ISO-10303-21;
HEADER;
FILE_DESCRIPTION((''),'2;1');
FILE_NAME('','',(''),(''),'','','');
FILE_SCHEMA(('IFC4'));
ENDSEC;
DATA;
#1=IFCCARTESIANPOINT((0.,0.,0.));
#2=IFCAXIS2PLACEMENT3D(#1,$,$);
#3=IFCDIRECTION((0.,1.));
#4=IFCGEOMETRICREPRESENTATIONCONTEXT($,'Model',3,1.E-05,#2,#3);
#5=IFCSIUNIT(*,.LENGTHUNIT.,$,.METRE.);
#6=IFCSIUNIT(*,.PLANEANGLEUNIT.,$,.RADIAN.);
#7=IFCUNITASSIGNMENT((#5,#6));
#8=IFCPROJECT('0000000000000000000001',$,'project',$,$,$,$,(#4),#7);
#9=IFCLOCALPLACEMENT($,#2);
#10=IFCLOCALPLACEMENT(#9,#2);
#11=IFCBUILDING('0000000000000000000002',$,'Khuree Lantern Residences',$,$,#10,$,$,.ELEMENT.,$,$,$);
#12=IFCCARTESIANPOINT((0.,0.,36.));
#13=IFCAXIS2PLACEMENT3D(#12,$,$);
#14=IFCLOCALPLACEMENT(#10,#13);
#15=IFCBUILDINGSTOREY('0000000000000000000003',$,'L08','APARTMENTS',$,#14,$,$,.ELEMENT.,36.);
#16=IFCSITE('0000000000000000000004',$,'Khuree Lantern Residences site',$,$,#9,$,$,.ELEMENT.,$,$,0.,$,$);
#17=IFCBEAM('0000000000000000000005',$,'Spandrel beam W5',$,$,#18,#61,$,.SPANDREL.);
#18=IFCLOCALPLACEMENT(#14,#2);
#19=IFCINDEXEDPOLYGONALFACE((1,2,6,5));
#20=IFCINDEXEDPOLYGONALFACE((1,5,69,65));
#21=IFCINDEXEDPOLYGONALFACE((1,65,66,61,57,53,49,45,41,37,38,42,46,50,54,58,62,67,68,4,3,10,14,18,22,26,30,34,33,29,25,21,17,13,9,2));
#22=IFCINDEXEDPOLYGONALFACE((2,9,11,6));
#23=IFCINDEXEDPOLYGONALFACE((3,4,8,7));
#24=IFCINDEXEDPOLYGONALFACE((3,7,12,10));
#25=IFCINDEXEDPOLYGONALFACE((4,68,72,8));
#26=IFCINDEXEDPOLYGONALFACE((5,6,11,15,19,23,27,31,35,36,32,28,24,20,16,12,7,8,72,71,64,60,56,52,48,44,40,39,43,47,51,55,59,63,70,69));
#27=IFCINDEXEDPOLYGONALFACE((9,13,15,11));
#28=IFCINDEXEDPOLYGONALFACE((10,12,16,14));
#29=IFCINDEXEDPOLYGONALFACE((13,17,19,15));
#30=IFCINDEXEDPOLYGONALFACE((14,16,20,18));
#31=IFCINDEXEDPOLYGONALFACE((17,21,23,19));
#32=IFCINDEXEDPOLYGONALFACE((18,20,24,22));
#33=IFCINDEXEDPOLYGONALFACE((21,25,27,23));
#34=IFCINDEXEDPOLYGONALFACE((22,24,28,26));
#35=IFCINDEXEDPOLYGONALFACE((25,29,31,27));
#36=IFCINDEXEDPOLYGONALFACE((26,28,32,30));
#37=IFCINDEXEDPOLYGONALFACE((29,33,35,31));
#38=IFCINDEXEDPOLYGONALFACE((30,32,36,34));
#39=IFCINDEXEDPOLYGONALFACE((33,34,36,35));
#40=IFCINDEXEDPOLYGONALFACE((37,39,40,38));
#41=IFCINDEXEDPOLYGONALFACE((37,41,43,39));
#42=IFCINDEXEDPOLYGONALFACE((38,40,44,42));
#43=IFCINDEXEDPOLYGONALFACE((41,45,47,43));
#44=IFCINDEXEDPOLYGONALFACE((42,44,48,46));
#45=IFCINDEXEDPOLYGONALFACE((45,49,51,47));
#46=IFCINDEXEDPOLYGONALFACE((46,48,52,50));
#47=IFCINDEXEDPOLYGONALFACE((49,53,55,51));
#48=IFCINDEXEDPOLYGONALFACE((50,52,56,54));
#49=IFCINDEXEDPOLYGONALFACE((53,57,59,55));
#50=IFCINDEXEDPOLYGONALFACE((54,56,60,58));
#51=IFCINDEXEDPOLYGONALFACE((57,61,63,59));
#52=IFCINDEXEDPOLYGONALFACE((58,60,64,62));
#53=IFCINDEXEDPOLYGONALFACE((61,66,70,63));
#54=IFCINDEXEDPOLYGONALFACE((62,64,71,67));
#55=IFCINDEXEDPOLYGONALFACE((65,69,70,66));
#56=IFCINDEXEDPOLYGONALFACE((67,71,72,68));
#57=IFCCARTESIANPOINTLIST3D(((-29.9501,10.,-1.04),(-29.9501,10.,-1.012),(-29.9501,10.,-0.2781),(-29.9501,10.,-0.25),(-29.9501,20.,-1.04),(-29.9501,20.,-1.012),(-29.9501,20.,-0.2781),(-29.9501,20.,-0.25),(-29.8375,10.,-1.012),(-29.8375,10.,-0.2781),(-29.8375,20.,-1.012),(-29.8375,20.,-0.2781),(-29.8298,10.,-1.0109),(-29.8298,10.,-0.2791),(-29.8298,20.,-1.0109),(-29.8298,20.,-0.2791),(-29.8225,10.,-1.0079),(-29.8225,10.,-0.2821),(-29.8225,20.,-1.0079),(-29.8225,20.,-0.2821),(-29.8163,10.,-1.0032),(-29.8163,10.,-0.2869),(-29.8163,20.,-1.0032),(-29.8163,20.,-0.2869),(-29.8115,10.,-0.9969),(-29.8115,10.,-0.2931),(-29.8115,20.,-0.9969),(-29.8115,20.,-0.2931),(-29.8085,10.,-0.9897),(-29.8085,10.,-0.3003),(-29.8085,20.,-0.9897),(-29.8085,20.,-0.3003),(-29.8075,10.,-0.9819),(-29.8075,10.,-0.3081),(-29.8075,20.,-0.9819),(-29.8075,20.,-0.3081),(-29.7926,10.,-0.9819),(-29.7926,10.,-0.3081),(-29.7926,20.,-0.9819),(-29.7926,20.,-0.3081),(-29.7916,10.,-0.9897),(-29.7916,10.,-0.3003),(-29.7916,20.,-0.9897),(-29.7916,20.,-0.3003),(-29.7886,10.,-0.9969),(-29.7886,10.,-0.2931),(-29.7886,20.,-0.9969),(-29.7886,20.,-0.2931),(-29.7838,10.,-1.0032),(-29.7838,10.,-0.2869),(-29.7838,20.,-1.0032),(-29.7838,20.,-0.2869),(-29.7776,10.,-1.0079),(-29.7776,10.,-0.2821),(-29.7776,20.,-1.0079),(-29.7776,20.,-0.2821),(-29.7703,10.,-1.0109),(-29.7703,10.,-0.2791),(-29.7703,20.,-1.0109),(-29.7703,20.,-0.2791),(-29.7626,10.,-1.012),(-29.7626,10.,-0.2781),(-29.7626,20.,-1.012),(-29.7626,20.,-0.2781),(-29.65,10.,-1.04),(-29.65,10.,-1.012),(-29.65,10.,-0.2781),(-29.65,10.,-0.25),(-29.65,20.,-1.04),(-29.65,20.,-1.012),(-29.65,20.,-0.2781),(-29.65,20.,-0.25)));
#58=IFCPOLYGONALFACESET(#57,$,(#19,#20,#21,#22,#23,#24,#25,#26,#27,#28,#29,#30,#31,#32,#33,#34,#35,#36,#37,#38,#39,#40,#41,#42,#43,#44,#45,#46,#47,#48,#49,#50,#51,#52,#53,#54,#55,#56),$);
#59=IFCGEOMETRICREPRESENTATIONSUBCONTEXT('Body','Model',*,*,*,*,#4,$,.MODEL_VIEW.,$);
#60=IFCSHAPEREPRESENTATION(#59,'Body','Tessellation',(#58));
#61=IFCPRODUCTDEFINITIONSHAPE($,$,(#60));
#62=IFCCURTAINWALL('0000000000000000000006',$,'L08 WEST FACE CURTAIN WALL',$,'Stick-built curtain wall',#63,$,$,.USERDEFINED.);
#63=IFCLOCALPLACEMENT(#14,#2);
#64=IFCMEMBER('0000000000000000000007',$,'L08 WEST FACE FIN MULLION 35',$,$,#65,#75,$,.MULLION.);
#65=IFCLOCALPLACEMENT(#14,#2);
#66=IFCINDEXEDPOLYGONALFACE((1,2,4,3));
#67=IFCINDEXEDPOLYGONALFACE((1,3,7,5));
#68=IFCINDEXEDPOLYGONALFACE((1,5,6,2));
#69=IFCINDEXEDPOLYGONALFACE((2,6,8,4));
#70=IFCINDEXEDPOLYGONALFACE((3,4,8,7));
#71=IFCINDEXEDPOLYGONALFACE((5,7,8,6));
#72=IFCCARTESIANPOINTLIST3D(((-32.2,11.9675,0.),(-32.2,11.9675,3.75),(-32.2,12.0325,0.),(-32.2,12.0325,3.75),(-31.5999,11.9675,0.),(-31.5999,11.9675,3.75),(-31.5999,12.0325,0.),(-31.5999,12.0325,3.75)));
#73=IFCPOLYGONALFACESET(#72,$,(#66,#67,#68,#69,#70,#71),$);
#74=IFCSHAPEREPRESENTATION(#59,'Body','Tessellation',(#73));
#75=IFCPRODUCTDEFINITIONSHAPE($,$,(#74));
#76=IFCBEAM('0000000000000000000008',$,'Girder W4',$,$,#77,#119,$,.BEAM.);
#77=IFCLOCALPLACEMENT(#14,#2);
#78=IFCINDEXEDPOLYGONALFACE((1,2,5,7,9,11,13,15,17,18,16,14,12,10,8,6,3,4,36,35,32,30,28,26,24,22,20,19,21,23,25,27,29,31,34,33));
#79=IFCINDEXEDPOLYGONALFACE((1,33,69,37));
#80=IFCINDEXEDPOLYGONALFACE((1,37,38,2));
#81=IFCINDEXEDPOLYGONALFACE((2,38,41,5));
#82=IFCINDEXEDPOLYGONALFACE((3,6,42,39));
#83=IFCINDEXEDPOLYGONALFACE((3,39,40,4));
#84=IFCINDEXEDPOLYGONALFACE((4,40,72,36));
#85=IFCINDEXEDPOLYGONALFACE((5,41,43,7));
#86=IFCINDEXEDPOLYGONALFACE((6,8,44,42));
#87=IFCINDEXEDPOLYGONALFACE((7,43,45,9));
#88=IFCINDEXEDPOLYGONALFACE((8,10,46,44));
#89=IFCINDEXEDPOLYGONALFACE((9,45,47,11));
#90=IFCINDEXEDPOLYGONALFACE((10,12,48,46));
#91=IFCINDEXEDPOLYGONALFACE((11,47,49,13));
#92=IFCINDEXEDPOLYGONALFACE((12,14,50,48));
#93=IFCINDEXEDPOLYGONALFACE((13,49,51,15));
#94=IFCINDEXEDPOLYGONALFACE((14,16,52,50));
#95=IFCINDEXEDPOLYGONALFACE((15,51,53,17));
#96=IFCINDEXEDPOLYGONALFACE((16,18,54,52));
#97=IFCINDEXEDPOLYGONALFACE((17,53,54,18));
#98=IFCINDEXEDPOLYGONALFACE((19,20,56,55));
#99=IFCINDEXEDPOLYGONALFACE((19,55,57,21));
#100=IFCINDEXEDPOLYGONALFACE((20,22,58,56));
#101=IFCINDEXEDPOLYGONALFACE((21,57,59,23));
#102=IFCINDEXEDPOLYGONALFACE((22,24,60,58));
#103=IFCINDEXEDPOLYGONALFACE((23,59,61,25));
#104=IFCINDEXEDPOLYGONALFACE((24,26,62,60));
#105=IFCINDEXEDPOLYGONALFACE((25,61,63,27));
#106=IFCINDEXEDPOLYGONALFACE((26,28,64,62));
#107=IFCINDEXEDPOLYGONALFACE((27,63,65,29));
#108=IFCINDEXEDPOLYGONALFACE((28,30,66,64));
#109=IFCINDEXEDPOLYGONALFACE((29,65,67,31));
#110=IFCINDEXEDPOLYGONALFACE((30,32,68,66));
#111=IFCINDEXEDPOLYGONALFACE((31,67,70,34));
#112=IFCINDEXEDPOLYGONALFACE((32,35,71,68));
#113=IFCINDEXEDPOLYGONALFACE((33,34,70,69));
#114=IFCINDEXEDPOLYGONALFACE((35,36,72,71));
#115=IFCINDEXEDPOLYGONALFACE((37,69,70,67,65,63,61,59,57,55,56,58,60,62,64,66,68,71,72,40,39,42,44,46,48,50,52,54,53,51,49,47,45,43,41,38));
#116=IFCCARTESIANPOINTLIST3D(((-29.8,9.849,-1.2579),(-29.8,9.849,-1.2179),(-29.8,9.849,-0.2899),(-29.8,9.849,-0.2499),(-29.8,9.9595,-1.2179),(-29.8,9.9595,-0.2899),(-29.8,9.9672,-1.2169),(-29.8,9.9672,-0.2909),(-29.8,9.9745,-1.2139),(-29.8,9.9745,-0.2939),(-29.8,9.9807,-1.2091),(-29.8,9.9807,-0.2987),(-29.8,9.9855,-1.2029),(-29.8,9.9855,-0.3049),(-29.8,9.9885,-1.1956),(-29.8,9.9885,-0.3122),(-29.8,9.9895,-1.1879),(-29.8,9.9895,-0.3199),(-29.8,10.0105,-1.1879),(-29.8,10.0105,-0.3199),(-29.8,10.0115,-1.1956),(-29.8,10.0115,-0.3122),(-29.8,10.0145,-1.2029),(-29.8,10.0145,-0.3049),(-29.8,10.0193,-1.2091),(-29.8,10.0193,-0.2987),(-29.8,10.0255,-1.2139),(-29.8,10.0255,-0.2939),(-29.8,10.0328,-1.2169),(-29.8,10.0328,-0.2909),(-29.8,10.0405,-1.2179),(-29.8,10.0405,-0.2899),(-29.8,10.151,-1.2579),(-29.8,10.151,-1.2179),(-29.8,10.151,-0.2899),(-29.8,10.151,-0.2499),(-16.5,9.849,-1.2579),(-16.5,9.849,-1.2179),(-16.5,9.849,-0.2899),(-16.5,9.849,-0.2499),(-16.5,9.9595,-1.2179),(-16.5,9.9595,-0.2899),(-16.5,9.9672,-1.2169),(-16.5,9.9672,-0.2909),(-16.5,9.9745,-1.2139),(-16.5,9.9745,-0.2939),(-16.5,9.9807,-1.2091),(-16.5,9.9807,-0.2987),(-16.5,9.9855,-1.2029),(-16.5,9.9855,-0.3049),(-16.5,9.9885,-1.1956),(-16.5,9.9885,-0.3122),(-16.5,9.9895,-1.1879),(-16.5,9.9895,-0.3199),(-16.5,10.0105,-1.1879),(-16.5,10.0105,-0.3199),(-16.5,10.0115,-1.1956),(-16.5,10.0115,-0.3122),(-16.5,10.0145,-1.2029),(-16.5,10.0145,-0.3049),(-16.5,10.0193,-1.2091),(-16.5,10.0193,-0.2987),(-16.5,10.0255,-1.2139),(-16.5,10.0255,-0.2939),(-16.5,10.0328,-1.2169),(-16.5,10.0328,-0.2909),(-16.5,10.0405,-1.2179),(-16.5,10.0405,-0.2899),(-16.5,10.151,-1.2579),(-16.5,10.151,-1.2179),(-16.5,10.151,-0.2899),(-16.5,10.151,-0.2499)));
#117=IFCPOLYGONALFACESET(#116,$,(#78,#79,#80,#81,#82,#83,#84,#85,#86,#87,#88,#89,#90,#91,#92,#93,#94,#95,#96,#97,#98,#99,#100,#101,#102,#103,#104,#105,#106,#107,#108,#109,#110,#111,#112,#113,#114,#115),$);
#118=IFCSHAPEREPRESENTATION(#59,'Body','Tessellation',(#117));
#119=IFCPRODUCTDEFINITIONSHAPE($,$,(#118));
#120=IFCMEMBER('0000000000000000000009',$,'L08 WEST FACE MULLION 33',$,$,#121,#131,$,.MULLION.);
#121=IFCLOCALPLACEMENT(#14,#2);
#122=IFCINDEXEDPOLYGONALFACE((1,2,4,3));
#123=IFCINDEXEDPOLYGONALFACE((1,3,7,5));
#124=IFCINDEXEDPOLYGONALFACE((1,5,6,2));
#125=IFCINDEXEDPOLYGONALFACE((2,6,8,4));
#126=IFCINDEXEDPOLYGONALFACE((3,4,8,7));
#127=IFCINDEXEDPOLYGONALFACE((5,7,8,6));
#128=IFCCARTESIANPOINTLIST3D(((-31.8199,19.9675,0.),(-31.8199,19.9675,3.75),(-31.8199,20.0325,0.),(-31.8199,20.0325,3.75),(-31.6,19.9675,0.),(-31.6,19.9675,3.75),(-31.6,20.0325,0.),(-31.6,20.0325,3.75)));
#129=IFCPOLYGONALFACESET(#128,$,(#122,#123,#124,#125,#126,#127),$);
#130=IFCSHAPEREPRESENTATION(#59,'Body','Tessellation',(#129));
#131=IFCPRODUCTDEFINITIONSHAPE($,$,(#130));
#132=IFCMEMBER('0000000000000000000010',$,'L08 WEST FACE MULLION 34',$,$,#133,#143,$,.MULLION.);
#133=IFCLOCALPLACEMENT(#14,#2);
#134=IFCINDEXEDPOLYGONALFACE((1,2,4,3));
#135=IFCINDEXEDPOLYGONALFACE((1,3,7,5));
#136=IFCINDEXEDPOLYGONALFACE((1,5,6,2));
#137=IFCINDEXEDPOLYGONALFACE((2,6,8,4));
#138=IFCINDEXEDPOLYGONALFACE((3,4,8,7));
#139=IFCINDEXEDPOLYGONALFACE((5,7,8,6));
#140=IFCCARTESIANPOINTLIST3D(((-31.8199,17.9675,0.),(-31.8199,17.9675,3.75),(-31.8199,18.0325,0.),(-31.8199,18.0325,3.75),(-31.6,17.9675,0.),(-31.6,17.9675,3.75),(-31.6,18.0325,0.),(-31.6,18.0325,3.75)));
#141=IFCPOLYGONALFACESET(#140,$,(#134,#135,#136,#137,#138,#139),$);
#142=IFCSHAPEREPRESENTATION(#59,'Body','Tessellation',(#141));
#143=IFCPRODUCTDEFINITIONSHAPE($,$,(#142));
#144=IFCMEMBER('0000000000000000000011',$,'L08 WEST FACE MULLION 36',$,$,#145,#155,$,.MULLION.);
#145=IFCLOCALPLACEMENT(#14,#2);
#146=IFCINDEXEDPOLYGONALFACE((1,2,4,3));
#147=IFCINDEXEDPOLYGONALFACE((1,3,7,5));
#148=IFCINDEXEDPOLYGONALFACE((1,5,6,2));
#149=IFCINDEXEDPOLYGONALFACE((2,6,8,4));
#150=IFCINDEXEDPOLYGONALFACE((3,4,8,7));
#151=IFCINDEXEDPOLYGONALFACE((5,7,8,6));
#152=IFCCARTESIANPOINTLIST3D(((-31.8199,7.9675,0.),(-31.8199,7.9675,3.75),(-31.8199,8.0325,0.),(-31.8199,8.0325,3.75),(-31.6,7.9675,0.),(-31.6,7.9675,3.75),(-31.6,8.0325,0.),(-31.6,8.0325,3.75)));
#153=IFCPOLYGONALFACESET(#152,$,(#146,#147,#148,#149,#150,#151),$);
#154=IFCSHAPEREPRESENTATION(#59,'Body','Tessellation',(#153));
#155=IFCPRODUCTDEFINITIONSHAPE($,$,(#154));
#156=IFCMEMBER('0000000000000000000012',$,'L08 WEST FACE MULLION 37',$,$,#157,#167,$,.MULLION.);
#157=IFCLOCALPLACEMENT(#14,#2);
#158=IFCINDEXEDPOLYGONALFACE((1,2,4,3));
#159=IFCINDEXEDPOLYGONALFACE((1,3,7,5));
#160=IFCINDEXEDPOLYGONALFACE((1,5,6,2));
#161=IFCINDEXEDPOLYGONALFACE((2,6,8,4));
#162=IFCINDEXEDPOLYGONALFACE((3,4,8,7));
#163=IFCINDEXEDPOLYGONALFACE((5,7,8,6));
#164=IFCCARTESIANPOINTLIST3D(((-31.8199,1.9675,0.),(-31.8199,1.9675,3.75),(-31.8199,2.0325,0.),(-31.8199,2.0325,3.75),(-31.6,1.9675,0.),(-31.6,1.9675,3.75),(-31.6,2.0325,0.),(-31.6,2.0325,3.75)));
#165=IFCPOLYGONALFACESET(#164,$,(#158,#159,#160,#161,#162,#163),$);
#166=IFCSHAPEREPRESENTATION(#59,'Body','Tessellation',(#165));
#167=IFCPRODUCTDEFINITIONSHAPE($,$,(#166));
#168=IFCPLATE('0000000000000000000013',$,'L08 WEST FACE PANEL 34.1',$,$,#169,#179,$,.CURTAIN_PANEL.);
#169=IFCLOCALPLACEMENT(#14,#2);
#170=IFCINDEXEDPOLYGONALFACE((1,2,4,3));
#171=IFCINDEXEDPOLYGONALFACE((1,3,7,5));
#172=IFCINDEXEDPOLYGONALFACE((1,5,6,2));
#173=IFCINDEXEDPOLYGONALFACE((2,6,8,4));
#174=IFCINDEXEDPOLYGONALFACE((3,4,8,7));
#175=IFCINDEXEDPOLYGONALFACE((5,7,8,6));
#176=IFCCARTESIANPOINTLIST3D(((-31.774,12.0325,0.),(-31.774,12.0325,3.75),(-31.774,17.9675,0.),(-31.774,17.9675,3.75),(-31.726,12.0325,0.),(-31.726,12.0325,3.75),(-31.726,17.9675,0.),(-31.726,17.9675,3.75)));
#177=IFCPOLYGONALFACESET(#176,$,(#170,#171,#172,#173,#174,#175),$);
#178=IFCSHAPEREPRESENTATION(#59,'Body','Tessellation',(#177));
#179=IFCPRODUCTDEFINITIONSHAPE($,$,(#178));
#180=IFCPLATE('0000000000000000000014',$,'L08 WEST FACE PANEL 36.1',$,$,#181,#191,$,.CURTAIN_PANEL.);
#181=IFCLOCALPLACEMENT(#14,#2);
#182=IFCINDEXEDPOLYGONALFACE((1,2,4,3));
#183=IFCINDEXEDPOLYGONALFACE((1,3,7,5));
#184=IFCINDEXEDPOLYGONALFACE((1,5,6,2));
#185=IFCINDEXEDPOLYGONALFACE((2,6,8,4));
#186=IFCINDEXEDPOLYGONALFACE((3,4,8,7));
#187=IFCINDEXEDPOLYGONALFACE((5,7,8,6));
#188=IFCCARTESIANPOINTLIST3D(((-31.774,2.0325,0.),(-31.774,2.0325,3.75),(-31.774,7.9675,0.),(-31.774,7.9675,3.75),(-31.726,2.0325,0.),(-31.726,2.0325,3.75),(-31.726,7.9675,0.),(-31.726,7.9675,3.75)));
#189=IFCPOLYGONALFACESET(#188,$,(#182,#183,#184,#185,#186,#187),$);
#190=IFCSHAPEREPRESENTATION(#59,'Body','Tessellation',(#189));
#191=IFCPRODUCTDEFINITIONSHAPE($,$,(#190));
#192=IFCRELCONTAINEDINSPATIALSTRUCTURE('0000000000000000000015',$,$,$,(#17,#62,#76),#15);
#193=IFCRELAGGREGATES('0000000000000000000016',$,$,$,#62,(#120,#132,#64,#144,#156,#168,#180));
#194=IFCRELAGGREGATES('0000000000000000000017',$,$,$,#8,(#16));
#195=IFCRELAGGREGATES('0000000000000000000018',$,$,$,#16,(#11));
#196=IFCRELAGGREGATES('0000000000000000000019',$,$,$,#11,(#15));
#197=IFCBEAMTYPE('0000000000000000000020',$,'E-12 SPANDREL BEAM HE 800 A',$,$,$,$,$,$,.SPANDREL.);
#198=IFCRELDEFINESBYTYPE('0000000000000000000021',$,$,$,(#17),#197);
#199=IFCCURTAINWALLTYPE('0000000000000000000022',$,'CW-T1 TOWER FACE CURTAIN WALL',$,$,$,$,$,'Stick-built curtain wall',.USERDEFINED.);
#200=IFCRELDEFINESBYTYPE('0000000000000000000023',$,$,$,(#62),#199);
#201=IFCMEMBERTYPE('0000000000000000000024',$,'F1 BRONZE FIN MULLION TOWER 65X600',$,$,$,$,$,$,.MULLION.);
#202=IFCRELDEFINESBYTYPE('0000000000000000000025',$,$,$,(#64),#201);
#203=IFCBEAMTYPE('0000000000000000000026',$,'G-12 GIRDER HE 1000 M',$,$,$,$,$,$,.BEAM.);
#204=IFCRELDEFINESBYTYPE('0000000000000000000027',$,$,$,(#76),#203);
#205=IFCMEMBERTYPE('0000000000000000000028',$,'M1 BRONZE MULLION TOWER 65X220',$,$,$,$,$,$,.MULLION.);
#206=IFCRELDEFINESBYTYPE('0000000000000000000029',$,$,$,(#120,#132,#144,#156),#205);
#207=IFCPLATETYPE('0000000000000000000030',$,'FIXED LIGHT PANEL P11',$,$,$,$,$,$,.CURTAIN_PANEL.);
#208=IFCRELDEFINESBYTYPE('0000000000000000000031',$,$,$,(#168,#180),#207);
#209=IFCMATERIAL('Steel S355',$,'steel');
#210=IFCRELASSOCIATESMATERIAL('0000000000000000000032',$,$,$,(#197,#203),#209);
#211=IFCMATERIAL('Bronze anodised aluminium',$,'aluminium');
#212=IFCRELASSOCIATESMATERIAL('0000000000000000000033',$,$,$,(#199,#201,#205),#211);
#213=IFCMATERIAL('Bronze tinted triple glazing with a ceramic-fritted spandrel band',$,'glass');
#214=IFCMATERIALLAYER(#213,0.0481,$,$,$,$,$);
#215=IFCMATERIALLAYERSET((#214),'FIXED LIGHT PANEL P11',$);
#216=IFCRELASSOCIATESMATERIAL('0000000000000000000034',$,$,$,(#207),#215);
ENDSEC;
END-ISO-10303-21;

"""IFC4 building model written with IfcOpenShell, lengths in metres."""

from ifc_helpers import new_model, si_unit, direction, frame, origin, origin_2d, place, context, subcontext, project, spatial, rectangle, i_section, extrude, material, layer, layer_set, material_profile, profile_set, type_object, element, aggregate, save


model = new_model("IFC4")

# Units and contexts
model_context = context("Model", 3, precision=1e-05, world=origin(), true_north=direction((0.0, 1.0)))
body_context = subcontext(model_context, "Body", "Model", "MODEL_VIEW")
ifc_project = project(units=[si_unit("LENGTHUNIT", "METRE"), si_unit("PLANEANGLEUNIT", "RADIAN")], contexts=[model_context])

# Site, building, storey
site_placement = place(None, origin())
site = spatial("IfcSite", under=ifc_project, at=site_placement, Name="Khuree Lantern Residences site", CompositionType="ELEMENT", RefElevation=0.0)
building_placement = place(site_placement, origin())
building = spatial("IfcBuilding", under=site, at=building_placement, Name="Khuree Lantern Residences", CompositionType="ELEMENT")
storey_placement = place(building_placement, frame((0.0, 0.0, 36.0)))
storey = spatial("IfcBuildingStorey", under=building, at=storey_placement, Name="L08", Description="APARTMENTS", CompositionType="ELEMENT", Elevation=36.0)

# Beam
ifc_material_1 = material(Name="Steel S355", Category="steel")
ifc_material_profile_1 = material_profile(ifc_material_1, i_section(OverallWidth=0.3, OverallDepth=0.79, WebThickness=0.0149, FlangeThickness=0.0281, FilletRadius=0.03, at=origin_2d()), Name="HE 800 A")
ifc_profile_set_1 = profile_set([ifc_material_profile_1], Name="Steel S355")
beam_type_1 = type_object("IfcBeamType", Name="E-12 SPANDREL BEAM HE 800 A", PredefinedType="SPANDREL", material=ifc_profile_set_1)
for number, where, z_axis, x_axis, name in (
    (1, (-29.8, 10.0, -0.645), (0.0, 1.0, 0.0), (-1.0, 0.0, 0.0), "Spandrel beam W5"),
):
    element("IfcBeam", number, at=place(storey_placement, frame(where, z_axis=z_axis, x_axis=x_axis)), inside=storey, type_object=beam_type_1, Name=name, PredefinedType="SPANDREL", context=body_context, shape_type="SweptSolid", body=[
        extrude(i_section(OverallWidth=0.3, OverallDepth=0.79, WebThickness=0.0149, FlangeThickness=0.0281, FilletRadius=0.03, at=origin_2d()), origin(), (0.0, 0.0, 1.0), 10.0),
    ])

# Curtain wall, member
ifc_material_2 = material(Name="Bronze anodised aluminium", Category="aluminium")
curtain_wall_type = type_object("IfcCurtainWallType", Name="CW-T1 TOWER FACE CURTAIN WALL", ElementType="Stick-built curtain wall", PredefinedType="USERDEFINED", material=ifc_material_2)
curtain_wall_placement = place(storey_placement, origin())
curtain_wall = element("IfcCurtainWall", 2, at=curtain_wall_placement, inside=storey, type_object=curtain_wall_type, Name="L08 WEST FACE CURTAIN WALL", ObjectType="Stick-built curtain wall", PredefinedType="USERDEFINED")
ifc_material_profile_2 = material_profile(ifc_material_2, rectangle(XDim=0.0649, YDim=0.6001, at=origin_2d()), Name="F1 65X600")
ifc_profile_set_2 = profile_set([ifc_material_profile_2], Name="Bronze anodised aluminium")
member_type_1 = type_object("IfcMemberType", Name="F1 BRONZE FIN MULLION TOWER 65X600", PredefinedType="MULLION", material=ifc_profile_set_2)
member_1_placement = place(storey_placement, frame((-31.8999, 12.0, 0.0), z_axis=(0.0, 0.0, 1.0), x_axis=(0.0, -1.0, 0.0)))
member_1 = element("IfcMember", 3, at=member_1_placement, type_object=member_type_1, Name="L08 WEST FACE FIN MULLION 35", PredefinedType="MULLION", context=body_context, shape_type="SweptSolid", body=[
    extrude(rectangle(XDim=0.0649, YDim=0.6001, at=origin_2d()), origin(), (0.0, 0.0, 1.0), 3.75),
])

# Beam
ifc_material_profile_3 = material_profile(ifc_material_1, i_section(OverallWidth=0.302, OverallDepth=1.0081, WebThickness=0.021, FlangeThickness=0.04, FilletRadius=0.03, at=origin_2d()), Name="HE 1000 M")
ifc_profile_set_3 = profile_set([ifc_material_profile_3], Name="Steel S355")
beam_type_2 = type_object("IfcBeamType", Name="G-12 GIRDER HE 1000 M", PredefinedType="BEAM", material=ifc_profile_set_3)
beam_placement = place(storey_placement, frame((-29.8, 10.0, -0.7539), z_axis=(1.0, 0.0, 0.0), x_axis=(0.0, 1.0, 0.0)))
element("IfcBeam", 4, at=beam_placement, inside=storey, type_object=beam_type_2, Name="Girder W4", PredefinedType="BEAM", context=body_context, shape_type="SweptSolid", body=[
    extrude(i_section(OverallWidth=0.302, OverallDepth=1.0081, WebThickness=0.021, FlangeThickness=0.04, FilletRadius=0.03, at=origin_2d()), origin(), (0.0, 0.0, 1.0), 13.3),
])

# Members
ifc_material_profile_4 = material_profile(ifc_material_2, rectangle(XDim=0.0649, YDim=0.22, at=origin_2d()), Name="M1 65X220")
ifc_profile_set_4 = profile_set([ifc_material_profile_4], Name="Bronze anodised aluminium")
member_type_2 = type_object("IfcMemberType", Name="M1 BRONZE MULLION TOWER 65X220", PredefinedType="MULLION", material=ifc_profile_set_4)
member_2_placement = place(storey_placement, frame((-31.71, 20.0, 0.0), z_axis=(0.0, 0.0, 1.0), x_axis=(0.0, -1.0, 0.0)))
member_2 = element("IfcMember", 5, at=member_2_placement, type_object=member_type_2, Name="L08 WEST FACE MULLION 33", PredefinedType="MULLION", context=body_context, shape_type="SweptSolid", body=[
    extrude(rectangle(XDim=0.0649, YDim=0.22, at=origin_2d()), origin(), (0.0, 0.0, 1.0), 3.75),
])
member_3_placement = place(storey_placement, frame((-31.71, 18.0, 0.0), z_axis=(0.0, 0.0, 1.0), x_axis=(0.0, -1.0, 0.0)))
member_3 = element("IfcMember", 6, at=member_3_placement, type_object=member_type_2, Name="L08 WEST FACE MULLION 34", PredefinedType="MULLION", context=body_context, shape_type="SweptSolid", body=[
    extrude(rectangle(XDim=0.0649, YDim=0.22, at=origin_2d()), origin(), (0.0, 0.0, 1.0), 3.75),
])
member_4_placement = place(storey_placement, frame((-31.71, 8.0, 0.0), z_axis=(0.0, 0.0, 1.0), x_axis=(0.0, -1.0, 0.0)))
member_4 = element("IfcMember", 7, at=member_4_placement, type_object=member_type_2, Name="L08 WEST FACE MULLION 36", PredefinedType="MULLION", context=body_context, shape_type="SweptSolid", body=[
    extrude(rectangle(XDim=0.0649, YDim=0.22, at=origin_2d()), origin(), (0.0, 0.0, 1.0), 3.75),
])
member_5_placement = place(storey_placement, frame((-31.71, 2.0, 0.0), z_axis=(0.0, 0.0, 1.0), x_axis=(0.0, -1.0, 0.0)))
member_5 = element("IfcMember", 8, at=member_5_placement, type_object=member_type_2, Name="L08 WEST FACE MULLION 37", PredefinedType="MULLION", context=body_context, shape_type="SweptSolid", body=[
    extrude(rectangle(XDim=0.0649, YDim=0.22, at=origin_2d()), origin(), (0.0, 0.0, 1.0), 3.75),
])

# Plates
ifc_material_3 = material(Name="Bronze tinted triple glazing with a ceramic-fritted spandrel band", Category="glass")
ifc_layer_1 = layer(ifc_material_3, 0.0481)
ifc_layer_set_1 = layer_set([ifc_layer_1], Name="FIXED LIGHT PANEL P11")
plate_type_1 = type_object("IfcPlateType", Name="FIXED LIGHT PANEL P11", PredefinedType="CURTAIN_PANEL", material=ifc_layer_set_1)
plate_1_placement = place(storey_placement, frame((-31.75, 15.0, 0.0), z_axis=(0.0, 0.0, 1.0), x_axis=(0.0, -1.0, 0.0)))
plate_1 = element("IfcPlate", 9, at=plate_1_placement, type_object=plate_type_1, Name="L08 WEST FACE PANEL 34.1", PredefinedType="CURTAIN_PANEL", context=body_context, shape_type="SweptSolid", body=[
    extrude(rectangle(XDim=5.9351, YDim=0.0481, at=origin_2d()), origin(), (0.0, 0.0, 1.0), 3.75),
])
plate_2_placement = place(storey_placement, frame((-31.75, 5.0, 0.0), z_axis=(0.0, 0.0, 1.0), x_axis=(0.0, -1.0, 0.0)))
plate_2 = element("IfcPlate", 10, at=plate_2_placement, type_object=plate_type_1, Name="L08 WEST FACE PANEL 36.1", PredefinedType="CURTAIN_PANEL", context=body_context, shape_type="SweptSolid", body=[
    extrude(rectangle(XDim=5.9351, YDim=0.0481, at=origin_2d()), origin(), (0.0, 0.0, 1.0), 3.75),
])
aggregate(curtain_wall, [member_2, member_3, member_1, member_4, member_5, plate_1, plate_2])

save(model, "model.ifc")
